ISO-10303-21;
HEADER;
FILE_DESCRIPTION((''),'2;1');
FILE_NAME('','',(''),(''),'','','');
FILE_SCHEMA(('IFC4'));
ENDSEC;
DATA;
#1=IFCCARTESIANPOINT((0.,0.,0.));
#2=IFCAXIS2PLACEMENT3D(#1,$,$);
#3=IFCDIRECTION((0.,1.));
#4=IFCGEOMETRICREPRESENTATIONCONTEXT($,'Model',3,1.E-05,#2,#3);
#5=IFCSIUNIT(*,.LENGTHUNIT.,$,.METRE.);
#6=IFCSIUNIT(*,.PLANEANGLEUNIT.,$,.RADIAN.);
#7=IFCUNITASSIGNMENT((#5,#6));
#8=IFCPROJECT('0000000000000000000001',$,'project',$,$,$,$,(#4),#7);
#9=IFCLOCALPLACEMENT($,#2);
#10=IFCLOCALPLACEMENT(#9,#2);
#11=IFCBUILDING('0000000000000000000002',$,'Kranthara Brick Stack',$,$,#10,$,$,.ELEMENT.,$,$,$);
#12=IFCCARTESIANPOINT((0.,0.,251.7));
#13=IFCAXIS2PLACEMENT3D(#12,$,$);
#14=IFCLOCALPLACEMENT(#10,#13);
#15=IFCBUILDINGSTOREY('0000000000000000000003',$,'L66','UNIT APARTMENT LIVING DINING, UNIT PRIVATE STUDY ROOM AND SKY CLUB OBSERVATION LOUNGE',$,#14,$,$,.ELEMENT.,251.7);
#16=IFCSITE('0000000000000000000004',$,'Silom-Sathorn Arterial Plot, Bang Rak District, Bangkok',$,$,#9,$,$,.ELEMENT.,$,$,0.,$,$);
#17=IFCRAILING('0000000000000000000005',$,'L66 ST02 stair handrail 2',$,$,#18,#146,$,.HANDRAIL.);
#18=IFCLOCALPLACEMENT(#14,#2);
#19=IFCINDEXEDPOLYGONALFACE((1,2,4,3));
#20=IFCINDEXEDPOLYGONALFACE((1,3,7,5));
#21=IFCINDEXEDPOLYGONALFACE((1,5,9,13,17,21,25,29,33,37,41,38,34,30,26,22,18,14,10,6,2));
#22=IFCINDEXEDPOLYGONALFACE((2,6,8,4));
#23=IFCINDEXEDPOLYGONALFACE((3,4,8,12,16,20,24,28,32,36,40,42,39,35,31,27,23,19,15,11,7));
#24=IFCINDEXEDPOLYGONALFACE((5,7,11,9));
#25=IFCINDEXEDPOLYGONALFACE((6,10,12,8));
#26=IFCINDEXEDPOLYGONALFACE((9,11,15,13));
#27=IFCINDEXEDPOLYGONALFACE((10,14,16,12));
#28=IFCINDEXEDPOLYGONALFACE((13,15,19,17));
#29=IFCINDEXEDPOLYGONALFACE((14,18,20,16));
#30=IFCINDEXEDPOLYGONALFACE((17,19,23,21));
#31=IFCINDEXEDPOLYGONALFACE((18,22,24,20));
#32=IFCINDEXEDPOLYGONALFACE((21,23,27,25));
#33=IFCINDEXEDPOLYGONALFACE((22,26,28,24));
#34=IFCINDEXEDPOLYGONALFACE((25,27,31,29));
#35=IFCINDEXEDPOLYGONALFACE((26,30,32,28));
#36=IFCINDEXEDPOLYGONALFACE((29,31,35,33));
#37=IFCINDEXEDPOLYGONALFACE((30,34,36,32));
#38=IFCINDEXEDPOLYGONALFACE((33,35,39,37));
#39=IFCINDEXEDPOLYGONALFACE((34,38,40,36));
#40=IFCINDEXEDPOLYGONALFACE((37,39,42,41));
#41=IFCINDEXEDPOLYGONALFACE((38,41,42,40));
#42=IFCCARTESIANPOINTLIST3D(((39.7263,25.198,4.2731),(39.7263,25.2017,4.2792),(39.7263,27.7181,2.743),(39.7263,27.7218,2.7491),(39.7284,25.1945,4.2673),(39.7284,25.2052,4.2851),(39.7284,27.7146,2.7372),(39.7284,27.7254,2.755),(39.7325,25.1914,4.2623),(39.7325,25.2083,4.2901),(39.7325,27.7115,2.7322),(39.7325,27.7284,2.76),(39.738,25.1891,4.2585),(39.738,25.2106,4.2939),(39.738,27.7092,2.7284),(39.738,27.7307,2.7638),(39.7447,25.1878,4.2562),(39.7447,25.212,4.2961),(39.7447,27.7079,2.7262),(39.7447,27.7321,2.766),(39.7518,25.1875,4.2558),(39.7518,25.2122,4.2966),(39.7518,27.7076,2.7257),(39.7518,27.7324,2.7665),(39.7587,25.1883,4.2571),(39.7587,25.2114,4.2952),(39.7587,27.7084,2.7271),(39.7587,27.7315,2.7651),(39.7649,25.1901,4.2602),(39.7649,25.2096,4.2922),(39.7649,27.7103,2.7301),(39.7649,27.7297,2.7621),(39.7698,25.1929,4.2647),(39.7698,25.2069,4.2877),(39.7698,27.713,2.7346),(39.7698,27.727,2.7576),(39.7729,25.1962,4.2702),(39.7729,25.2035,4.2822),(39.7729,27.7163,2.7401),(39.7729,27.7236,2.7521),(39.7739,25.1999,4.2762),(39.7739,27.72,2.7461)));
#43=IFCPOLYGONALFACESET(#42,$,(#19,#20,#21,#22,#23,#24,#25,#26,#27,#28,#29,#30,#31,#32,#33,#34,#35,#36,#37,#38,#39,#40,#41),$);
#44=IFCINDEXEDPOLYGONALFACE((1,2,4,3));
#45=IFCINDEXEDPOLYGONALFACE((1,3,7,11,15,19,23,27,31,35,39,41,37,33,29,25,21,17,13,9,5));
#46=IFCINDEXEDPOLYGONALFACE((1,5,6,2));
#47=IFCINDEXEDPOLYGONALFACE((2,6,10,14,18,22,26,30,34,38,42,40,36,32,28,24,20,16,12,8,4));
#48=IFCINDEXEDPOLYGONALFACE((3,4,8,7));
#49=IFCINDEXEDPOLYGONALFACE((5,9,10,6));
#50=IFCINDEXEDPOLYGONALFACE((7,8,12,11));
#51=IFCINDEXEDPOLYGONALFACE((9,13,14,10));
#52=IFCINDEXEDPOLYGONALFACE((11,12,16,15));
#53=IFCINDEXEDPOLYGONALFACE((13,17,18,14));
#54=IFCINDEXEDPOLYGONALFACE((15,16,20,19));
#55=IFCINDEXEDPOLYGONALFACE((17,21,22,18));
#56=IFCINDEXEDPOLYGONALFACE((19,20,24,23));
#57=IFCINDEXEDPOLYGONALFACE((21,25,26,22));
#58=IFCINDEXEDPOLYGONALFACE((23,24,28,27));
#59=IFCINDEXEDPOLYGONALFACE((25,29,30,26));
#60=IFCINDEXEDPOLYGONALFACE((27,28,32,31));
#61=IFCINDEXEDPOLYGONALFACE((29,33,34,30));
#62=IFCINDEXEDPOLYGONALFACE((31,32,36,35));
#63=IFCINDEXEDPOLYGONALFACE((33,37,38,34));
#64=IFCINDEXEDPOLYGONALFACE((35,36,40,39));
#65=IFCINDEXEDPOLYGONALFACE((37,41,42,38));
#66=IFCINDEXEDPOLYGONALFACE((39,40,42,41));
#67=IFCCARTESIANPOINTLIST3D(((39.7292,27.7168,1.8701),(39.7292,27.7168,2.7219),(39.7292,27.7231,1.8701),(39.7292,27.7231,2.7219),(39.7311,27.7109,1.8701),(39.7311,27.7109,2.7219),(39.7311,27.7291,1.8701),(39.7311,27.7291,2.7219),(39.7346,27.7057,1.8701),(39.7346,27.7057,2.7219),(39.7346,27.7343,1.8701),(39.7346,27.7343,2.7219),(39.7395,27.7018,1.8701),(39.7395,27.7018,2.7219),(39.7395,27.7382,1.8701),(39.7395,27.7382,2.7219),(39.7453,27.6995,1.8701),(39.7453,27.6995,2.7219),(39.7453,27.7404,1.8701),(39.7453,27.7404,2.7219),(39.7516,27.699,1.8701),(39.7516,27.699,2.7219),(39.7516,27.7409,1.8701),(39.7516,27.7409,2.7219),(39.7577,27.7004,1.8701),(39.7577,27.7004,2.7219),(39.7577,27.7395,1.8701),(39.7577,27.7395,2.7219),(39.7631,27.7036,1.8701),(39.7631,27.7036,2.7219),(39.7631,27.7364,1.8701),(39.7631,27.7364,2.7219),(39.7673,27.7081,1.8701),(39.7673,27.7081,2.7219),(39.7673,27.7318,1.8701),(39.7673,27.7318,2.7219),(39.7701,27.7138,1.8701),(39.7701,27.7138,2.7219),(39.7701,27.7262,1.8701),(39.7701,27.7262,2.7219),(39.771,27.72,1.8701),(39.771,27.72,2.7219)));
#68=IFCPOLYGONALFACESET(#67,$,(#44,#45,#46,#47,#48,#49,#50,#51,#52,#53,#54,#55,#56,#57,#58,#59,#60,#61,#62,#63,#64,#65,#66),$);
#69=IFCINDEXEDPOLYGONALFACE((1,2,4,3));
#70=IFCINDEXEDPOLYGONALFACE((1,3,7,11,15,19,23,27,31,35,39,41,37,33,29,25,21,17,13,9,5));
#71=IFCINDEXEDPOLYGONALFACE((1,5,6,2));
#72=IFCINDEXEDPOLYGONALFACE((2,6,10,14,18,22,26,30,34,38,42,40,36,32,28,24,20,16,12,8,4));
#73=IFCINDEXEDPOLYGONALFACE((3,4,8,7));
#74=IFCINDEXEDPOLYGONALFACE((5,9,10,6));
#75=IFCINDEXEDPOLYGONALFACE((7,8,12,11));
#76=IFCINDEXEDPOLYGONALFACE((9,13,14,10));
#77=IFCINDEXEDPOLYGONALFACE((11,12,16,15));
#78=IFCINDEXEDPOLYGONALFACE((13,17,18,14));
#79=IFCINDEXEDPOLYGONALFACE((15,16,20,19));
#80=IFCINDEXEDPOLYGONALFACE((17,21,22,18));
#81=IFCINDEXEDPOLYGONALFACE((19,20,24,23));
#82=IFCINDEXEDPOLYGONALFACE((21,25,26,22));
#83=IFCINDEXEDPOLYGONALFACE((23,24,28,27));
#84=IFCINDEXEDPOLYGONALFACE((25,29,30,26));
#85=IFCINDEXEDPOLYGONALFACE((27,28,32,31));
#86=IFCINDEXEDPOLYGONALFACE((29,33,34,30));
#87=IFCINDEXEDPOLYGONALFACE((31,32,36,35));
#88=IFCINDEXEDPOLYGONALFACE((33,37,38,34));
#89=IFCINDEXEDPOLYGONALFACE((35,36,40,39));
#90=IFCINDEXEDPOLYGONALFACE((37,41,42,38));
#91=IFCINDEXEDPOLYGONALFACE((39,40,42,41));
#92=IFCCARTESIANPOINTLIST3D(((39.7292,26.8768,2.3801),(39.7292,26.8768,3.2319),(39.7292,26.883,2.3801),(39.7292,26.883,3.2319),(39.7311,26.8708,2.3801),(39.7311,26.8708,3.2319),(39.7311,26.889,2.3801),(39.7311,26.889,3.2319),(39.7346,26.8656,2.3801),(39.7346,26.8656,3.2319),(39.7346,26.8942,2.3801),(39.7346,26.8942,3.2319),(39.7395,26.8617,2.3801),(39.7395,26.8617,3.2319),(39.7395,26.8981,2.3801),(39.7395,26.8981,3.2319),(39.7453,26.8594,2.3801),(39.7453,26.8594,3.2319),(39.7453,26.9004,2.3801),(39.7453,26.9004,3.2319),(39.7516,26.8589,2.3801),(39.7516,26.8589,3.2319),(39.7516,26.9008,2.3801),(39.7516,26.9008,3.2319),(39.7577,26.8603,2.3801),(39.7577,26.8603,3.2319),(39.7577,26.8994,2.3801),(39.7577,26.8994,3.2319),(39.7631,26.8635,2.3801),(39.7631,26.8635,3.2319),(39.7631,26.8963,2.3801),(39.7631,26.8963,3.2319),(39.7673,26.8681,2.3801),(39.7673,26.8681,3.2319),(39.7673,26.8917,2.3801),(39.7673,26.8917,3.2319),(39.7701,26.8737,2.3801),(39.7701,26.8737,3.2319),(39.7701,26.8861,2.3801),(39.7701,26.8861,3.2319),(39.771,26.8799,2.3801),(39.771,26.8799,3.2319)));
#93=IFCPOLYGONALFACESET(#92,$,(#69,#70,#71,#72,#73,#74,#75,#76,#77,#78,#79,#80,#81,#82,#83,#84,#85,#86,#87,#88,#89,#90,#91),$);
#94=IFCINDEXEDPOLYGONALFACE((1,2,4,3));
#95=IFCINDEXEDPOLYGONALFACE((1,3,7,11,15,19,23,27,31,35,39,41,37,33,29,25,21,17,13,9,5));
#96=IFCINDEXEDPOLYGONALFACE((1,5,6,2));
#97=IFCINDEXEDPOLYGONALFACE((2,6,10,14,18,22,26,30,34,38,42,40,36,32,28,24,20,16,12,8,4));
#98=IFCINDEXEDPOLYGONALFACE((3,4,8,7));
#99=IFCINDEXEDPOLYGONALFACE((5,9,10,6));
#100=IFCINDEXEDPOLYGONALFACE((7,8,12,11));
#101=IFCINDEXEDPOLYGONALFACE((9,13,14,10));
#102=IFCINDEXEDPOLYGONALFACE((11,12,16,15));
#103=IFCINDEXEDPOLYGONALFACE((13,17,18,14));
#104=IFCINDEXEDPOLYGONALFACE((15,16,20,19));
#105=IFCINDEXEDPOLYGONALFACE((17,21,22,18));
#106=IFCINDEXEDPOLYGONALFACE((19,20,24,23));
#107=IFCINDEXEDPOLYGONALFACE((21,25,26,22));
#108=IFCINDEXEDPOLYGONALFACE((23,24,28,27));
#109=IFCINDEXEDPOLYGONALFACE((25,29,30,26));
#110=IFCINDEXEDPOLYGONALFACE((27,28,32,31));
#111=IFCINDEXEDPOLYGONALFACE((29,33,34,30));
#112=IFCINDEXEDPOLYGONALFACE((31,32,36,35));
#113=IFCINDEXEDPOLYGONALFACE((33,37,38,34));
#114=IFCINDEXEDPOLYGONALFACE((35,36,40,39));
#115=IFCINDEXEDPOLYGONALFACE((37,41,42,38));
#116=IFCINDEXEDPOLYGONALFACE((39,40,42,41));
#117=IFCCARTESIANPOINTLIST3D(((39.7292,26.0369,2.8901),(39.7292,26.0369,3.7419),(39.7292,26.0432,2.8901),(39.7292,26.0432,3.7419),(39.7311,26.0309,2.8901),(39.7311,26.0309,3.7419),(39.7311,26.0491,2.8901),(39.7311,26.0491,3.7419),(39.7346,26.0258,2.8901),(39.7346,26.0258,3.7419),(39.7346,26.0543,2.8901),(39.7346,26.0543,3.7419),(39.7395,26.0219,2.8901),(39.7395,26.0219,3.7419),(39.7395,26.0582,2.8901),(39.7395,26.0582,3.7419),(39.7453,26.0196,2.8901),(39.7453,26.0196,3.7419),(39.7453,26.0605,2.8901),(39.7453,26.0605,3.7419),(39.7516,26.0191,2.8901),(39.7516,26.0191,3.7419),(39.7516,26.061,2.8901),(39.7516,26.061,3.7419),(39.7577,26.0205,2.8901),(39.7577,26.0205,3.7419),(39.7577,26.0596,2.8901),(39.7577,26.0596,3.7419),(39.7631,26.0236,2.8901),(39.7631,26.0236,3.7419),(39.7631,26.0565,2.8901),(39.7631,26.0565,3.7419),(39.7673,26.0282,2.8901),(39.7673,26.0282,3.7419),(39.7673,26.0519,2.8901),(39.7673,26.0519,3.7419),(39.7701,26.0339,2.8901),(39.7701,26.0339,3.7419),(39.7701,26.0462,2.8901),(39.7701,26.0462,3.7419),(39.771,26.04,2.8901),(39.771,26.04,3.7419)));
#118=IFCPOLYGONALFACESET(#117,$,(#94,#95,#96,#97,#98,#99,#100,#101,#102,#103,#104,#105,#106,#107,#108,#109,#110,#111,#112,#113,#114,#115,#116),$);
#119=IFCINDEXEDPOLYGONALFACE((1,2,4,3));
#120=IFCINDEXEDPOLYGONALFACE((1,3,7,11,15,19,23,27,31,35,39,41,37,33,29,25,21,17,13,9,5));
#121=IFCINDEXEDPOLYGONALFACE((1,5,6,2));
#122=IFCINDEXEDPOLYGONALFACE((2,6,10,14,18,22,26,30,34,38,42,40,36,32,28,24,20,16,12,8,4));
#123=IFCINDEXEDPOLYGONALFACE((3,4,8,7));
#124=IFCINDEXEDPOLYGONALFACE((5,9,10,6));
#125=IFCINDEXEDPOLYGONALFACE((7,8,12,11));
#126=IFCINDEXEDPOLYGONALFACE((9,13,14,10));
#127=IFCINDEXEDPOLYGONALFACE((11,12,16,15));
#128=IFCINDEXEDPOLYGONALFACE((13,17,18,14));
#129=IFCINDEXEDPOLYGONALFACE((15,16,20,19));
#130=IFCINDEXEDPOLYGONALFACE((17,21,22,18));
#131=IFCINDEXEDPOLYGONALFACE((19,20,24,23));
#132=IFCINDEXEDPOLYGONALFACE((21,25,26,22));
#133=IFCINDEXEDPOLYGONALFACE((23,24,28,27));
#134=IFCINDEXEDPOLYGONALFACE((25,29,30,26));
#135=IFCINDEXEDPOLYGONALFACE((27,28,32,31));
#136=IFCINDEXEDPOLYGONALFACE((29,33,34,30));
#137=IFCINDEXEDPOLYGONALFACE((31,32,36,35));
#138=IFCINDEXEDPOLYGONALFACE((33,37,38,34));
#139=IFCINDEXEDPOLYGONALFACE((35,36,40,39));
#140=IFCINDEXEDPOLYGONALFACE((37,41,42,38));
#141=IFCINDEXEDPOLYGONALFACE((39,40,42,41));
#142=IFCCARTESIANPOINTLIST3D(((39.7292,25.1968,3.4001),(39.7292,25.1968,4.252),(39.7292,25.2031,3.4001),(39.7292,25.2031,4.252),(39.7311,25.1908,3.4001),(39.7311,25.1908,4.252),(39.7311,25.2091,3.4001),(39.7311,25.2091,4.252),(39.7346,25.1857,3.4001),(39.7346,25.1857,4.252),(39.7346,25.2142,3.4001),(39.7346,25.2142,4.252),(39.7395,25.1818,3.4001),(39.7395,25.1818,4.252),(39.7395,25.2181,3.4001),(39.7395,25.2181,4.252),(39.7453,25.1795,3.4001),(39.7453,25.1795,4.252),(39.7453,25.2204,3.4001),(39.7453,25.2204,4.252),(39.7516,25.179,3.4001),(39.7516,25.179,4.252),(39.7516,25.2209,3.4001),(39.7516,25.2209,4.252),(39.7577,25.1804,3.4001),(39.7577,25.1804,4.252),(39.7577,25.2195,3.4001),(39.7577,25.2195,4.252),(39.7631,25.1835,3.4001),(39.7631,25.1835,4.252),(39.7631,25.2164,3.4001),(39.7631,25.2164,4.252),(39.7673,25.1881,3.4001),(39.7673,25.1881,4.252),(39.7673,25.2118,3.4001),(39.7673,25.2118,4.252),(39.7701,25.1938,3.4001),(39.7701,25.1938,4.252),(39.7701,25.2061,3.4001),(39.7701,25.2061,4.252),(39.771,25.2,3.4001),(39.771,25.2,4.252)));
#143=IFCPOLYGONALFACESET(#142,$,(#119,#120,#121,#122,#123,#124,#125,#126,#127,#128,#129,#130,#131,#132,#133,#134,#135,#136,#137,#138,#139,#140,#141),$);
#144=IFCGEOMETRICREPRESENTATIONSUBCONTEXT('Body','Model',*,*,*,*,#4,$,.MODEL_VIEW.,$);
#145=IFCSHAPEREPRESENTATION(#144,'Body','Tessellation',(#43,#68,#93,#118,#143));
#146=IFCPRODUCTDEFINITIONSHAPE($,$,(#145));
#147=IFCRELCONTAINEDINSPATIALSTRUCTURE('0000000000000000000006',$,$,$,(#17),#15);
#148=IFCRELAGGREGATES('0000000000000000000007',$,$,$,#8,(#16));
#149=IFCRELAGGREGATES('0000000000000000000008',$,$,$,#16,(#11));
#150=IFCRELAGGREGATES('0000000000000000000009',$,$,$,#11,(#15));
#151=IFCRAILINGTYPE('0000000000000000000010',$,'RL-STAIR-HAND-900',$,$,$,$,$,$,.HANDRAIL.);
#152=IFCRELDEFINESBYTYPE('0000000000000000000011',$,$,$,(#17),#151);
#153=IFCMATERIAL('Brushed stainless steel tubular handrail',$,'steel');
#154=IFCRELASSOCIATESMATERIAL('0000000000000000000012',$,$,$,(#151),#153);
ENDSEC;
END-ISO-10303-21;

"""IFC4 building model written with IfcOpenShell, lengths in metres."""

from ifc_helpers import new_model, si_unit, direction, frame, origin, origin_2d, place, context, subcontext, project, spatial, circle, extrude, material, type_object, element, save


model = new_model("IFC4")

# Units and contexts
model_context = context("Model", 3, precision=1e-05, world=origin(), true_north=direction((0.0, 1.0)))
body_context = subcontext(model_context, "Body", "Model", "MODEL_VIEW")
ifc_project = project(units=[si_unit("LENGTHUNIT", "METRE"), si_unit("PLANEANGLEUNIT", "RADIAN")], contexts=[model_context])

# Site, building, storey
site_placement = place(None, origin())
site = spatial("IfcSite", under=ifc_project, at=site_placement, Name="Silom-Sathorn Arterial Plot, Bang Rak District, Bangkok", CompositionType="ELEMENT", RefElevation=0.0)
building_placement = place(site_placement, origin())
building = spatial("IfcBuilding", under=site, at=building_placement, Name="Kranthara Brick Stack", CompositionType="ELEMENT")
storey_placement = place(building_placement, frame((0.0, 0.0, 251.7)))
storey = spatial("IfcBuildingStorey", under=building, at=storey_placement, Name="L66", Description="UNIT APARTMENT LIVING DINING, UNIT PRIVATE STUDY ROOM AND SKY CLUB OBSERVATION LOUNGE", CompositionType="ELEMENT", Elevation=251.7)

# Railing
ifc_material_1 = material(Name="Brushed stainless steel tubular handrail", Category="steel")
railing_type_1 = type_object("IfcRailingType", Name="RL-STAIR-HAND-900", PredefinedType="HANDRAIL", material=ifc_material_1)
railing_1_placement = place(storey_placement, frame((39.75, 27.72, 1.8701)))
element("IfcRailing", 1, at=railing_1_placement, inside=storey, type_object=railing_type_1, Name="L66 ST02 stair handrail 2", PredefinedType="HANDRAIL", context=body_context, shape_type="SweptSolid", body=[
    extrude(circle(Radius=0.0239, at=origin_2d()), frame((0.0, 0.0, 0.876), z_axis=(0.0, -0.854785, 0.518982), x_axis=(1.0, 0.0, 0.0)), (0.0, 0.0, 1.0), 2.9482),
    extrude(circle(Radius=0.021, at=origin_2d()), origin(), (0.0, 0.0, 1.0), 0.8518),
    extrude(circle(Radius=0.021, at=origin_2d()), frame((0.0, -0.8401, 0.51)), (0.0, 0.0, 1.0), 0.8518),
    extrude(circle(Radius=0.021, at=origin_2d()), frame((0.0, -1.6799, 1.02)), (0.0, 0.0, 1.0), 0.8518),
    extrude(circle(Radius=0.021, at=origin_2d()), frame((0.0, -2.52, 1.53)), (0.0, 0.0, 1.0), 0.8518),
])

save(model, "model.ifc")
